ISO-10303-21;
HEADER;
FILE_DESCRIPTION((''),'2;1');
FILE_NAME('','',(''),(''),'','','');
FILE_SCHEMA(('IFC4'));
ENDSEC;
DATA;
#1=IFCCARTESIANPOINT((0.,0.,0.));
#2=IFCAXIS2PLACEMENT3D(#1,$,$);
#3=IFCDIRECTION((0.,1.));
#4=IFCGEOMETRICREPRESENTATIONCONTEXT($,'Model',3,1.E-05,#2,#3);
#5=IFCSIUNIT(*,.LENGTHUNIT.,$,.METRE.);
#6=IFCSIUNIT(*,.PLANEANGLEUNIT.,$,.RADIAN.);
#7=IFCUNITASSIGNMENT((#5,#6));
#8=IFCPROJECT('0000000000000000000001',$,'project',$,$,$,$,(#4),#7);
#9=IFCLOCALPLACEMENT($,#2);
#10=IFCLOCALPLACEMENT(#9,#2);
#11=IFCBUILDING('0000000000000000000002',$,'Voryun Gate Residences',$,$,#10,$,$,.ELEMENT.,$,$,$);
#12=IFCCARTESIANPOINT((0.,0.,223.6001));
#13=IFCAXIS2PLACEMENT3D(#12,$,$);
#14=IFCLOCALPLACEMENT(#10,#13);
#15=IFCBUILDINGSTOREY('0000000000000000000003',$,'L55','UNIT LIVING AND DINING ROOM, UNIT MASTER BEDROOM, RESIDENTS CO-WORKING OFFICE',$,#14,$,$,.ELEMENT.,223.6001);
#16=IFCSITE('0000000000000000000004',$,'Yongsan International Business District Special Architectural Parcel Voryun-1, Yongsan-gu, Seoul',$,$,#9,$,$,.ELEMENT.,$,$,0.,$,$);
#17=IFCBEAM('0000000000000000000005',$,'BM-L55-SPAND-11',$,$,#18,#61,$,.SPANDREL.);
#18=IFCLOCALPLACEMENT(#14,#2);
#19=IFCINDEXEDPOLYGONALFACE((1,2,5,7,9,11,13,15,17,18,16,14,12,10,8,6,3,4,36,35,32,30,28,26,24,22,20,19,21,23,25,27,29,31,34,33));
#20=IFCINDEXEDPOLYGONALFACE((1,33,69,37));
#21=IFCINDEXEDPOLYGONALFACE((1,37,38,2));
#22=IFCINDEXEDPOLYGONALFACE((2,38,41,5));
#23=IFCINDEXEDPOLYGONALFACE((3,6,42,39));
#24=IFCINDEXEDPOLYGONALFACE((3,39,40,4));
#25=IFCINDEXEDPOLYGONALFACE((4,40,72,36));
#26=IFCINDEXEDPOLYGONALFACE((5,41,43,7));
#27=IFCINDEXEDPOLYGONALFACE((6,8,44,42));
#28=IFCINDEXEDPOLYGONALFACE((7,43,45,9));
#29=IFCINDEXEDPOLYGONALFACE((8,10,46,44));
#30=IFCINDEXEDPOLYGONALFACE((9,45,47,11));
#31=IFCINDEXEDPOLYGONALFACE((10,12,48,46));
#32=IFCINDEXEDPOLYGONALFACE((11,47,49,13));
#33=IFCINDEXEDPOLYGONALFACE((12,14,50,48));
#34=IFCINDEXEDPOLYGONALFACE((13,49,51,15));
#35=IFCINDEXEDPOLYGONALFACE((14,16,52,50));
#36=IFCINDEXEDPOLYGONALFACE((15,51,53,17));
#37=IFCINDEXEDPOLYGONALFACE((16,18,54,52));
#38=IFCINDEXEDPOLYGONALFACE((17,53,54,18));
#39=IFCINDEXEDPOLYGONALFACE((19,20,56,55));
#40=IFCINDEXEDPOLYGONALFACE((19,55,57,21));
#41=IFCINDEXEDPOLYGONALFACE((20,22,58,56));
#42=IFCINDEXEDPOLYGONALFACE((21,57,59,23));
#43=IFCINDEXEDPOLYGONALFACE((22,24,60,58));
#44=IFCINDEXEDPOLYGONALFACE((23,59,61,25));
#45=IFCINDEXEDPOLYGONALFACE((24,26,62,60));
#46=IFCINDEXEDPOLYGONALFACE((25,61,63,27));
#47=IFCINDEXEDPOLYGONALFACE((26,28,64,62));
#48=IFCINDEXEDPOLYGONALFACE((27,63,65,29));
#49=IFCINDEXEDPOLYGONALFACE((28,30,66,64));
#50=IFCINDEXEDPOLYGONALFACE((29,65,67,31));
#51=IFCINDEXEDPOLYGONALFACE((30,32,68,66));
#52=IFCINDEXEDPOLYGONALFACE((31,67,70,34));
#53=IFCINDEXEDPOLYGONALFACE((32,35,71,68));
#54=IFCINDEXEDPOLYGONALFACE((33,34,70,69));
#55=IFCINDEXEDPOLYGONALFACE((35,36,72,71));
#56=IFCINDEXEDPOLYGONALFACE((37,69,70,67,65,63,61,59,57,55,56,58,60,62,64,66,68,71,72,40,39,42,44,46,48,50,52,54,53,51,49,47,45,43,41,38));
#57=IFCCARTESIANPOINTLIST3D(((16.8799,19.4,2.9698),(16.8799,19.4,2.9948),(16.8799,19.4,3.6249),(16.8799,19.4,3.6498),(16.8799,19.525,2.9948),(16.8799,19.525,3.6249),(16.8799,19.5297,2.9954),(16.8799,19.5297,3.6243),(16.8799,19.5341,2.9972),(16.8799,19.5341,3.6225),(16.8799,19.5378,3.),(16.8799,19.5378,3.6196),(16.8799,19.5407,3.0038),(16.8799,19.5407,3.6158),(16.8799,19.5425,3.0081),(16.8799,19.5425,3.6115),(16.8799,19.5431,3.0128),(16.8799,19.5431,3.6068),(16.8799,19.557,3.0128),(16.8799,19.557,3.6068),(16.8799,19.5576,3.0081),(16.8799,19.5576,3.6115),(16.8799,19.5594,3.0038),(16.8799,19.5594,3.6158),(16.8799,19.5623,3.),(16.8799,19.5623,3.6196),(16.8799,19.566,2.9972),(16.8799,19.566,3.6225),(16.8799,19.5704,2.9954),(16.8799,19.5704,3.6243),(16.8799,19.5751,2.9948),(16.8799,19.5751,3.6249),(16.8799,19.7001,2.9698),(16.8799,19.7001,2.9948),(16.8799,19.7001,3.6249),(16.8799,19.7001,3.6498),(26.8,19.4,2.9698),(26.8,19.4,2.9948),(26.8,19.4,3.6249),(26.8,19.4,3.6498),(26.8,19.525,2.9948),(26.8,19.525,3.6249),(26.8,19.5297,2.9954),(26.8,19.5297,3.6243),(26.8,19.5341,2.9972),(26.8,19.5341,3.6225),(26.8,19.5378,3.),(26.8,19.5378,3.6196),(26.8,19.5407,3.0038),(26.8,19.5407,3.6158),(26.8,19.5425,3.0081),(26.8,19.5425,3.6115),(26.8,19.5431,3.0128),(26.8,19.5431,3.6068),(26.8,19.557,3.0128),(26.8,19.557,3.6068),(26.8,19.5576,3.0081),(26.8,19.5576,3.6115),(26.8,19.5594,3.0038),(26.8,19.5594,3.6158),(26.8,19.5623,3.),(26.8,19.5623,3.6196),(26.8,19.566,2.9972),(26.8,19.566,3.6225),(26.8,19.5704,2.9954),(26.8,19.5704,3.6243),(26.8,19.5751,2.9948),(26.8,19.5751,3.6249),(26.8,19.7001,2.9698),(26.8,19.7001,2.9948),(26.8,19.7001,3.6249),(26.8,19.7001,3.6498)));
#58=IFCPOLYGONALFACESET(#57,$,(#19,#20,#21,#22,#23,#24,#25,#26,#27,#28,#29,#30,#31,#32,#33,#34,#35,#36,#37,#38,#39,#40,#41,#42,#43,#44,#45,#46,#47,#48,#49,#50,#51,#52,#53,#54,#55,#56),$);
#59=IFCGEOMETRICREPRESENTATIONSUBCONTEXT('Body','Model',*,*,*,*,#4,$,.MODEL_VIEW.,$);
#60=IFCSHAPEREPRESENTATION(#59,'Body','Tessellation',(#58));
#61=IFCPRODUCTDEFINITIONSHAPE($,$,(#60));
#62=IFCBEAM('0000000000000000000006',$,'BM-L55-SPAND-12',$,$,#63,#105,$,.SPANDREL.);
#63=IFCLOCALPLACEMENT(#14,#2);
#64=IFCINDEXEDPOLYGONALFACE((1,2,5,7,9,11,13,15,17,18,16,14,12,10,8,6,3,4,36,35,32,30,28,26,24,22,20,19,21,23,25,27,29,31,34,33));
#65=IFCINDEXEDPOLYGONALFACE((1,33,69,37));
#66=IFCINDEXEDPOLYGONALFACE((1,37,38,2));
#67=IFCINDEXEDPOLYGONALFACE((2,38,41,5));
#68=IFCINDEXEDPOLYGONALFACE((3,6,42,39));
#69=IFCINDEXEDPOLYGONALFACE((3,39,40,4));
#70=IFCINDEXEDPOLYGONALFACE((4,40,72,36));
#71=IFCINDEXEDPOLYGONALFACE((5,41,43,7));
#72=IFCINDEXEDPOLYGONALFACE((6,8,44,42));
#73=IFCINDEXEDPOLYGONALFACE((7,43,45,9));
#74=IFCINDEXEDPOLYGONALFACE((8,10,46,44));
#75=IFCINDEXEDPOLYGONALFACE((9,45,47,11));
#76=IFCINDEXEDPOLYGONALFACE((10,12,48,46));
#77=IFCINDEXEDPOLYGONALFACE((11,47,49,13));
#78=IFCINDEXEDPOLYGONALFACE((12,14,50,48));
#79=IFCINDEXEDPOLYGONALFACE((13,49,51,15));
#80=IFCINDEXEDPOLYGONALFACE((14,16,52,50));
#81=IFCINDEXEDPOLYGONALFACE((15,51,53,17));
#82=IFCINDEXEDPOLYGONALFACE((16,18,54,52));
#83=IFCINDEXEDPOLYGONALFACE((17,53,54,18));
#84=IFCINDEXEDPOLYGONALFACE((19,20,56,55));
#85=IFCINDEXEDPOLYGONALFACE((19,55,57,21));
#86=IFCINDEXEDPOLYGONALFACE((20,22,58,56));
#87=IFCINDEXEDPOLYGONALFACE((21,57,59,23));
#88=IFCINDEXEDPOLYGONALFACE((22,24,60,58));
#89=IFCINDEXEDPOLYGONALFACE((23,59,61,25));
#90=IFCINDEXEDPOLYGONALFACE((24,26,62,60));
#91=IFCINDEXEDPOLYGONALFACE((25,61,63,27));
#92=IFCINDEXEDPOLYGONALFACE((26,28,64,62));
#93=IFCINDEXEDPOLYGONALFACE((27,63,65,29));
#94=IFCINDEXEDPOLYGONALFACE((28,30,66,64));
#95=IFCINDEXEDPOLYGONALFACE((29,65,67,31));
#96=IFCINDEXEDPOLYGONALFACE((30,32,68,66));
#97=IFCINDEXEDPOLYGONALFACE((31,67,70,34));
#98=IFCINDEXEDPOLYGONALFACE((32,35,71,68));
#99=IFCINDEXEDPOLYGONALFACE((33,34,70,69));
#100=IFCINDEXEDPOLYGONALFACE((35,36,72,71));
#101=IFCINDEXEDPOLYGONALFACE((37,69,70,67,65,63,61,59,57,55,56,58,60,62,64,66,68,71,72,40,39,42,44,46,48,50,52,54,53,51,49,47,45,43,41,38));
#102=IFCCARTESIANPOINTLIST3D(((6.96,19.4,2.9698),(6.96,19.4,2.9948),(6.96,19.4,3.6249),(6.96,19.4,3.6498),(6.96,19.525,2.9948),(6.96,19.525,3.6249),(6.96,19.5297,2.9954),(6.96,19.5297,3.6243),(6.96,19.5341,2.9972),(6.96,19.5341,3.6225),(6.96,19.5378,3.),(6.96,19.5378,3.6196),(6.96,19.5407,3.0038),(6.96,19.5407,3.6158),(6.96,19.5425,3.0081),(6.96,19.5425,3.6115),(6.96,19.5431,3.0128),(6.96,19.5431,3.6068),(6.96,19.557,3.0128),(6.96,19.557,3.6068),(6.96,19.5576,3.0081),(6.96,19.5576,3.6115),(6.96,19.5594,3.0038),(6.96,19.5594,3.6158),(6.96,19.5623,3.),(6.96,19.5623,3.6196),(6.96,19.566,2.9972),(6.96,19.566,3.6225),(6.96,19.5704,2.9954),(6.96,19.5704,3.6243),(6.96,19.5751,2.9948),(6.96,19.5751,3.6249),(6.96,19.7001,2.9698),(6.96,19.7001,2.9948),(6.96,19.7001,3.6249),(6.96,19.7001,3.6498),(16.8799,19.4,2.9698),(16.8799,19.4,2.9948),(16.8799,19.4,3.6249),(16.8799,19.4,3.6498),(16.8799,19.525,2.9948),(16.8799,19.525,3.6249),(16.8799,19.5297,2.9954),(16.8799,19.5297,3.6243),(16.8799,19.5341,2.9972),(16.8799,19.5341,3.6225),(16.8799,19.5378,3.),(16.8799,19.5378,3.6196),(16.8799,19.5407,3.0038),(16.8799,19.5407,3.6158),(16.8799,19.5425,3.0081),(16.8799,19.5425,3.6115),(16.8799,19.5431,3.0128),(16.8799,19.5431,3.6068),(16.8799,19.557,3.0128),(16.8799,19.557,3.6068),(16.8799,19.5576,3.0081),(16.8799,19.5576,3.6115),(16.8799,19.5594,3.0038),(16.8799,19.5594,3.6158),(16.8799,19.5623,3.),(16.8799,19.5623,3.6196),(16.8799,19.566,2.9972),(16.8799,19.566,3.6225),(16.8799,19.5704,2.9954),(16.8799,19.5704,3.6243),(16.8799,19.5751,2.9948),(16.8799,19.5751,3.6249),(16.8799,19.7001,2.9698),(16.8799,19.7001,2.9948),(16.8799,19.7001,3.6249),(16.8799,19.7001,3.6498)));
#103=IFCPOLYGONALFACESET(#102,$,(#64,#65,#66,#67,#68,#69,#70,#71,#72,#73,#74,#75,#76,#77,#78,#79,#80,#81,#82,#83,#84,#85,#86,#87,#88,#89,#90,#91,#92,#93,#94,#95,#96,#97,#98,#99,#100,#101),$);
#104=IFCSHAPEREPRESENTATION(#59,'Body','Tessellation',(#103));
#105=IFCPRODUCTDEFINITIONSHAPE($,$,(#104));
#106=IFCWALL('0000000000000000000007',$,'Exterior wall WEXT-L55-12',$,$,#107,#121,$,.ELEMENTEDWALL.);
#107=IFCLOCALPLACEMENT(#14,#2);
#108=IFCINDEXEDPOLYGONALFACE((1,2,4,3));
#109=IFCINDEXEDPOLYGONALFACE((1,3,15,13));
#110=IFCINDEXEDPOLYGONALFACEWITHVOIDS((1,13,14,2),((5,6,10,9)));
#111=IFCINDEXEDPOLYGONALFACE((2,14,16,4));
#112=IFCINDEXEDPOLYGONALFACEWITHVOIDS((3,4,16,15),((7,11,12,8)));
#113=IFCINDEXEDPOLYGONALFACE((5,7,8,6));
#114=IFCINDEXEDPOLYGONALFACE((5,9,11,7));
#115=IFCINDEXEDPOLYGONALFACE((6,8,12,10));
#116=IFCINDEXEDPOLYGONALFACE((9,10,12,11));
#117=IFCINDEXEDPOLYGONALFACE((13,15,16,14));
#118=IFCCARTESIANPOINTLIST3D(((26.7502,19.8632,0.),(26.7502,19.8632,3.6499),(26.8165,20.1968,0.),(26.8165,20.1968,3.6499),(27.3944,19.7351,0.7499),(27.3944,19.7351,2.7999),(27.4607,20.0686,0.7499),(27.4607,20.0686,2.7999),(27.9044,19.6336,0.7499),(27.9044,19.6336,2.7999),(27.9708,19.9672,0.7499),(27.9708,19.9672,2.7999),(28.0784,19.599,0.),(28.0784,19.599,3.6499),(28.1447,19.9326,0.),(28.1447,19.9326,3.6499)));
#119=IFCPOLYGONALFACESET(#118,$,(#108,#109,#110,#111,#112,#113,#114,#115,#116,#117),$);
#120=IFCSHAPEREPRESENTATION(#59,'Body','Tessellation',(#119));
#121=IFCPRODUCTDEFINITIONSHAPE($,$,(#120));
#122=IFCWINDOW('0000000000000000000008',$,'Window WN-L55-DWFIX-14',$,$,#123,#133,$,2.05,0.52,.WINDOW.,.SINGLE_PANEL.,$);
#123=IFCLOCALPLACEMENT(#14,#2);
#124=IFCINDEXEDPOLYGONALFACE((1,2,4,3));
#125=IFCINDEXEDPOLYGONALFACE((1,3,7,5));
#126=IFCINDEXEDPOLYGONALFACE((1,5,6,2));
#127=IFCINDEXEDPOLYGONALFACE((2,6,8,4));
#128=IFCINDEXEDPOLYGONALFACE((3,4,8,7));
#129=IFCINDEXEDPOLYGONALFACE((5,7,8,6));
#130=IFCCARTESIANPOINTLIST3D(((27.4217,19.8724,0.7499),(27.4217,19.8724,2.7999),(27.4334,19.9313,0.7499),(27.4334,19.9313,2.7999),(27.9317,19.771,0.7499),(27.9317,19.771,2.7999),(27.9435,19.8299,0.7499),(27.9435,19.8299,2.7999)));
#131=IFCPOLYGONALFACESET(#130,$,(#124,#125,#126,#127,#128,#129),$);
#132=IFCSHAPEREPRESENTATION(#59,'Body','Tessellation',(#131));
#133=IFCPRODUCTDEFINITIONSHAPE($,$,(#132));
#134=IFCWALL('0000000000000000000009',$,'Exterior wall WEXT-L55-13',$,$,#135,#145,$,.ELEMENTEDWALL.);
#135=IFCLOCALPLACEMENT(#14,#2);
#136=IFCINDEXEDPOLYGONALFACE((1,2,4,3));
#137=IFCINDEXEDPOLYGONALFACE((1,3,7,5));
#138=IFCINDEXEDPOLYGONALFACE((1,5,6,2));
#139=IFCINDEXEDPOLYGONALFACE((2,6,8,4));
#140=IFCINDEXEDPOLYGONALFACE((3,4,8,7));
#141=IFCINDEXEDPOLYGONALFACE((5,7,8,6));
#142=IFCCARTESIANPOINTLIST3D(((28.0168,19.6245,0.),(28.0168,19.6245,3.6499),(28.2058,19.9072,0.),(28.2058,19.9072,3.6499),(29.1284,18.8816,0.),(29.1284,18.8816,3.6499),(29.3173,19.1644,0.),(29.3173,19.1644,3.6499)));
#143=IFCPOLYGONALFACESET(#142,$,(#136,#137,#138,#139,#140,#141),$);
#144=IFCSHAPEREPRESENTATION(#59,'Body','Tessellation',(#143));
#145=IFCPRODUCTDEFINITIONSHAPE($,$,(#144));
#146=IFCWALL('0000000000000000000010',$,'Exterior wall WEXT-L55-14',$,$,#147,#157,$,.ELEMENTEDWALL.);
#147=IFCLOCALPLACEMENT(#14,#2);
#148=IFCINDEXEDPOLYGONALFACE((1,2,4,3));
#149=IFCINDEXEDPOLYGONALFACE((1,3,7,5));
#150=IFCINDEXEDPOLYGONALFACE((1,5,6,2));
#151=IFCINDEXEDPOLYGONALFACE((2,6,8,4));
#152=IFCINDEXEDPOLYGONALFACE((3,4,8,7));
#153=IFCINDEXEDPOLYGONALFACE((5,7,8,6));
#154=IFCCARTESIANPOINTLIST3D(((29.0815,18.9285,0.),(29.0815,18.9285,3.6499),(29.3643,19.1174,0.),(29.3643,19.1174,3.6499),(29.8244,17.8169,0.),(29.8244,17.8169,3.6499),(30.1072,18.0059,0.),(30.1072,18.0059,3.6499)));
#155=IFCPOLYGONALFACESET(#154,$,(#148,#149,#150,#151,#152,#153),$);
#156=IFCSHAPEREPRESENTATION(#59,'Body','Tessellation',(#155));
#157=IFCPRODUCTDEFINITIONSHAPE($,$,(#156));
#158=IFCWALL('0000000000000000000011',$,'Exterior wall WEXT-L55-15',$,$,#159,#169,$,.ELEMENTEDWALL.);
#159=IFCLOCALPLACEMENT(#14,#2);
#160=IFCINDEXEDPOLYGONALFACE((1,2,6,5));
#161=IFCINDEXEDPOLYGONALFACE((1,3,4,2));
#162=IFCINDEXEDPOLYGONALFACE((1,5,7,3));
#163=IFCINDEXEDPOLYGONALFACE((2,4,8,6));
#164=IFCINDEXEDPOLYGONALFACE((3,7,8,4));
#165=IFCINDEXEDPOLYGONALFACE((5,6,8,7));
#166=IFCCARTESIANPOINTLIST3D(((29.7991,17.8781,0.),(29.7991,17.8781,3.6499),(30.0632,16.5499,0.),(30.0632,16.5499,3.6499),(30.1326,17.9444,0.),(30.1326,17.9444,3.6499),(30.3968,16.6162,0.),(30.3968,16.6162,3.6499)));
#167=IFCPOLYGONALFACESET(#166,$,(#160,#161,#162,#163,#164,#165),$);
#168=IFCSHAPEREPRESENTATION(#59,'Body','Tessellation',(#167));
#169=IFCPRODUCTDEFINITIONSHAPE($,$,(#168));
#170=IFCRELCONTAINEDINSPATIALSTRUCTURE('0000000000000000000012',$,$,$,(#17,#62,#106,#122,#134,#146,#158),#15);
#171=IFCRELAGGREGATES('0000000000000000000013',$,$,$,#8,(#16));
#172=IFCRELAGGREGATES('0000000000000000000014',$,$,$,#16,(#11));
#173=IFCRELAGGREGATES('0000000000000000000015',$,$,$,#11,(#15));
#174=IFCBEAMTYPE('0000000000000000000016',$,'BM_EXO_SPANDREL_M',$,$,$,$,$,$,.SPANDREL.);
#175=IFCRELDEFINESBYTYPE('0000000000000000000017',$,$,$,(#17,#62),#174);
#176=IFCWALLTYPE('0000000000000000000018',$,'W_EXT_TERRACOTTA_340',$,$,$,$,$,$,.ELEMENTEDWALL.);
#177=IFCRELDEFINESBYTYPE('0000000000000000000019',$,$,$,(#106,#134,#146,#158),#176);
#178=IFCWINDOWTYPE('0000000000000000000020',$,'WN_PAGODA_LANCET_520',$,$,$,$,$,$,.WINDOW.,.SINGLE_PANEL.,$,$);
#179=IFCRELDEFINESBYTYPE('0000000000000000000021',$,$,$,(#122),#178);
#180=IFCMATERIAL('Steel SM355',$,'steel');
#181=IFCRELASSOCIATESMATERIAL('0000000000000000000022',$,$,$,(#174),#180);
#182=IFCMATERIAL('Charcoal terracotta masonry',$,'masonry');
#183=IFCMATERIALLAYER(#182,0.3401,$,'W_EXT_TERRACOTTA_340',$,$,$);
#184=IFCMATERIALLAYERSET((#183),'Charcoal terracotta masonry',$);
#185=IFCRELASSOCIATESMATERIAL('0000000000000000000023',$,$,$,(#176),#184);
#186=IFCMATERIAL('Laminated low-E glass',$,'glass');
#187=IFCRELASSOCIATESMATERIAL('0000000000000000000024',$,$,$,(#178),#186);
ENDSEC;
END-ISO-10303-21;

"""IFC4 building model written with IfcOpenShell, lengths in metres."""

from ifc_helpers import new_model, si_unit, direction, frame, frame_2d, origin, origin_2d, place, context, subcontext, project, spatial, rectangle, i_section, extrude, material, layer, layer_set, material_profile, profile_set, type_object, element, fill, save


model = new_model("IFC4")

# Units and contexts
model_context = context("Model", 3, precision=1e-05, world=origin(), true_north=direction((0.0, 1.0)))
body_context = subcontext(model_context, "Body", "Model", "MODEL_VIEW")
ifc_project = project(units=[si_unit("LENGTHUNIT", "METRE"), si_unit("PLANEANGLEUNIT", "RADIAN")], contexts=[model_context])

# Site, building, storey
site_placement = place(None, origin())
site = spatial("IfcSite", under=ifc_project, at=site_placement, Name="Yongsan International Business District Special Architectural Parcel Voryun-1, Yongsan-gu, Seoul", CompositionType="ELEMENT", RefElevation=0.0)
building_placement = place(site_placement, origin())
building = spatial("IfcBuilding", under=site, at=building_placement, Name="Voryun Gate Residences", CompositionType="ELEMENT")
storey_placement = place(building_placement, frame((0.0, 0.0, 223.6001)))
storey = spatial("IfcBuildingStorey", under=building, at=storey_placement, Name="L55", Description="UNIT LIVING AND DINING ROOM, UNIT MASTER BEDROOM, RESIDENTS CO-WORKING OFFICE", CompositionType="ELEMENT", Elevation=223.6001)

# Beams
ifc_material_1 = material(Name="Steel SM355", Category="steel")
ifc_material_profile_1 = material_profile(ifc_material_1, i_section(OverallWidth=0.3, OverallDepth=0.6799, WebThickness=0.0139, FlangeThickness=0.0249, FilletRadius=0.0181, at=origin_2d()), Name="H-680x300x14x25")
ifc_profile_set_1 = profile_set([ifc_material_profile_1], Name="Steel SM355")
beam_type = type_object("IfcBeamType", Name="BM_EXO_SPANDREL_M", PredefinedType="SPANDREL", material=ifc_profile_set_1)
beam_1_placement = place(storey_placement, frame((26.8, 19.55, 3.3098), z_axis=(-1.0, 0.0, 0.0), x_axis=(0.0, -1.0, 0.0)))
element("IfcBeam", 1, at=beam_1_placement, inside=storey, type_object=beam_type, Name="BM-L55-SPAND-11", PredefinedType="SPANDREL", context=body_context, shape_type="SweptSolid", body=[
    extrude(i_section(OverallWidth=0.3, OverallDepth=0.6799, WebThickness=0.0139, FlangeThickness=0.0249, FilletRadius=0.0181, at=origin_2d()), origin(), (0.0, 0.0, 1.0), 9.9202),
])
beam_2_placement = place(storey_placement, frame((16.8799, 19.55, 3.3098), z_axis=(-1.0, 0.0, 0.0), x_axis=(0.0, -1.0, 0.0)))
element("IfcBeam", 2, at=beam_2_placement, inside=storey, type_object=beam_type, Name="BM-L55-SPAND-12", PredefinedType="SPANDREL", context=body_context, shape_type="SweptSolid", body=[
    extrude(i_section(OverallWidth=0.3, OverallDepth=0.6799, WebThickness=0.0139, FlangeThickness=0.0249, FilletRadius=0.0181, at=origin_2d()), origin(), (0.0, 0.0, 1.0), 9.9199),
])

# Wall, opening, window
ifc_material_2 = material(Name="Charcoal terracotta masonry", Category="masonry")
ifc_layer_1 = layer(ifc_material_2, 0.3401, Name="W_EXT_TERRACOTTA_340")
ifc_layer_set_1 = layer_set([ifc_layer_1], Name="Charcoal terracotta masonry")
wall_type_1 = type_object("IfcWallType", Name="W_EXT_TERRACOTTA_340", PredefinedType="ELEMENTEDWALL", material=ifc_layer_set_1)
wall_1_placement = place(storey_placement, frame((26.7832, 20.03, 0.0), z_axis=(0.0, 0.0, 1.0), x_axis=(0.980788, -0.195076, 0.0)))
wall_1 = element("IfcWall", 3, at=wall_1_placement, inside=storey, type_object=wall_type_1, Name="Exterior wall WEXT-L55-12", PredefinedType="ELEMENTEDWALL", context=body_context, shape_type="SweptSolid", body=[
    extrude(rectangle(XDim=1.3542, YDim=0.3401, at=frame_2d((0.6772, 0.0))), origin(), (0.0, 0.0, 1.0), 3.6499),
])
opening_1_placement = place(wall_1_placement, frame((0.657, 0.0, 0.75)))
opening_1 = element("IfcOpeningElement", 4, at=opening_1_placement, cuts=wall_1, PredefinedType="OPENING", context=body_context, shape_type="SweptSolid", body=[
    extrude(rectangle(XDim=0.52, YDim=2.05, at=frame_2d((0.26, 1.0249))), frame((0.0, 0.1799, 0.0), z_axis=(0.0, -1.0, 0.0), x_axis=(1.0, 0.0, 0.0)), (0.0, 0.0, 1.0), 0.3601),
])
ifc_material_3 = material(Name="Laminated low-E glass", Category="glass")
window_type_1 = type_object("IfcWindowType", Name="WN_PAGODA_LANCET_520", PartitioningType="SINGLE_PANEL", PredefinedType="WINDOW", material=ifc_material_3)
window_1_placement = place(opening_1_placement, origin())
window_1 = element("IfcWindow", 5, at=window_1_placement, inside=storey, type_object=window_type_1, Name="Window WN-L55-DWFIX-14", OverallHeight=2.05, OverallWidth=0.52, PartitioningType="SINGLE_PANEL", PredefinedType="WINDOW", context=body_context, shape_type="SweptSolid", body=[
    extrude(rectangle(XDim=0.52, YDim=2.05, at=frame_2d((0.26, 1.0249))), frame((0.0, 0.03, 0.0), z_axis=(0.0, -1.0, 0.0), x_axis=(1.0, 0.0, 0.0)), (0.0, 0.0, 1.0), 0.0601),
])
fill(opening_1, window_1)

# Walls
for number, where, z_axis, x_axis, name in (
    (6, (28.1113, 19.7659, 0.0), (0.0, 0.0, 1.0), (0.831404, -0.555669, 0.0), "Exterior wall WEXT-L55-13"),
    (7, (29.2229, 19.0229, 0.0), (0.0, 0.0, 1.0), (0.555669, -0.831404, 0.0), "Exterior wall WEXT-L55-14"),
):
    element("IfcWall", number, at=place(storey_placement, frame(where, z_axis=z_axis, x_axis=x_axis)), inside=storey, type_object=wall_type_1, Name=name, PredefinedType="ELEMENTEDWALL", context=body_context, shape_type="SweptSolid", body=[
        extrude(rectangle(XDim=1.3369, YDim=0.3401, at=frame_2d((0.6685, 0.0))), origin(), (0.0, 0.0, 1.0), 3.6499),
    ])
wall_2_placement = place(storey_placement, frame((29.9658, 17.9114, 0.0), z_axis=(0.0, 0.0, 1.0), x_axis=(0.195076, -0.980788, 0.0)))
element("IfcWall", 8, at=wall_2_placement, inside=storey, type_object=wall_type_1, Name="Exterior wall WEXT-L55-15", PredefinedType="ELEMENTEDWALL", context=body_context, shape_type="SweptSolid", body=[
    extrude(rectangle(XDim=1.3542, YDim=0.3401, at=frame_2d((0.6772, 0.0))), origin(), (0.0, 0.0, 1.0), 3.6499),
])

save(model, "model.ifc")
